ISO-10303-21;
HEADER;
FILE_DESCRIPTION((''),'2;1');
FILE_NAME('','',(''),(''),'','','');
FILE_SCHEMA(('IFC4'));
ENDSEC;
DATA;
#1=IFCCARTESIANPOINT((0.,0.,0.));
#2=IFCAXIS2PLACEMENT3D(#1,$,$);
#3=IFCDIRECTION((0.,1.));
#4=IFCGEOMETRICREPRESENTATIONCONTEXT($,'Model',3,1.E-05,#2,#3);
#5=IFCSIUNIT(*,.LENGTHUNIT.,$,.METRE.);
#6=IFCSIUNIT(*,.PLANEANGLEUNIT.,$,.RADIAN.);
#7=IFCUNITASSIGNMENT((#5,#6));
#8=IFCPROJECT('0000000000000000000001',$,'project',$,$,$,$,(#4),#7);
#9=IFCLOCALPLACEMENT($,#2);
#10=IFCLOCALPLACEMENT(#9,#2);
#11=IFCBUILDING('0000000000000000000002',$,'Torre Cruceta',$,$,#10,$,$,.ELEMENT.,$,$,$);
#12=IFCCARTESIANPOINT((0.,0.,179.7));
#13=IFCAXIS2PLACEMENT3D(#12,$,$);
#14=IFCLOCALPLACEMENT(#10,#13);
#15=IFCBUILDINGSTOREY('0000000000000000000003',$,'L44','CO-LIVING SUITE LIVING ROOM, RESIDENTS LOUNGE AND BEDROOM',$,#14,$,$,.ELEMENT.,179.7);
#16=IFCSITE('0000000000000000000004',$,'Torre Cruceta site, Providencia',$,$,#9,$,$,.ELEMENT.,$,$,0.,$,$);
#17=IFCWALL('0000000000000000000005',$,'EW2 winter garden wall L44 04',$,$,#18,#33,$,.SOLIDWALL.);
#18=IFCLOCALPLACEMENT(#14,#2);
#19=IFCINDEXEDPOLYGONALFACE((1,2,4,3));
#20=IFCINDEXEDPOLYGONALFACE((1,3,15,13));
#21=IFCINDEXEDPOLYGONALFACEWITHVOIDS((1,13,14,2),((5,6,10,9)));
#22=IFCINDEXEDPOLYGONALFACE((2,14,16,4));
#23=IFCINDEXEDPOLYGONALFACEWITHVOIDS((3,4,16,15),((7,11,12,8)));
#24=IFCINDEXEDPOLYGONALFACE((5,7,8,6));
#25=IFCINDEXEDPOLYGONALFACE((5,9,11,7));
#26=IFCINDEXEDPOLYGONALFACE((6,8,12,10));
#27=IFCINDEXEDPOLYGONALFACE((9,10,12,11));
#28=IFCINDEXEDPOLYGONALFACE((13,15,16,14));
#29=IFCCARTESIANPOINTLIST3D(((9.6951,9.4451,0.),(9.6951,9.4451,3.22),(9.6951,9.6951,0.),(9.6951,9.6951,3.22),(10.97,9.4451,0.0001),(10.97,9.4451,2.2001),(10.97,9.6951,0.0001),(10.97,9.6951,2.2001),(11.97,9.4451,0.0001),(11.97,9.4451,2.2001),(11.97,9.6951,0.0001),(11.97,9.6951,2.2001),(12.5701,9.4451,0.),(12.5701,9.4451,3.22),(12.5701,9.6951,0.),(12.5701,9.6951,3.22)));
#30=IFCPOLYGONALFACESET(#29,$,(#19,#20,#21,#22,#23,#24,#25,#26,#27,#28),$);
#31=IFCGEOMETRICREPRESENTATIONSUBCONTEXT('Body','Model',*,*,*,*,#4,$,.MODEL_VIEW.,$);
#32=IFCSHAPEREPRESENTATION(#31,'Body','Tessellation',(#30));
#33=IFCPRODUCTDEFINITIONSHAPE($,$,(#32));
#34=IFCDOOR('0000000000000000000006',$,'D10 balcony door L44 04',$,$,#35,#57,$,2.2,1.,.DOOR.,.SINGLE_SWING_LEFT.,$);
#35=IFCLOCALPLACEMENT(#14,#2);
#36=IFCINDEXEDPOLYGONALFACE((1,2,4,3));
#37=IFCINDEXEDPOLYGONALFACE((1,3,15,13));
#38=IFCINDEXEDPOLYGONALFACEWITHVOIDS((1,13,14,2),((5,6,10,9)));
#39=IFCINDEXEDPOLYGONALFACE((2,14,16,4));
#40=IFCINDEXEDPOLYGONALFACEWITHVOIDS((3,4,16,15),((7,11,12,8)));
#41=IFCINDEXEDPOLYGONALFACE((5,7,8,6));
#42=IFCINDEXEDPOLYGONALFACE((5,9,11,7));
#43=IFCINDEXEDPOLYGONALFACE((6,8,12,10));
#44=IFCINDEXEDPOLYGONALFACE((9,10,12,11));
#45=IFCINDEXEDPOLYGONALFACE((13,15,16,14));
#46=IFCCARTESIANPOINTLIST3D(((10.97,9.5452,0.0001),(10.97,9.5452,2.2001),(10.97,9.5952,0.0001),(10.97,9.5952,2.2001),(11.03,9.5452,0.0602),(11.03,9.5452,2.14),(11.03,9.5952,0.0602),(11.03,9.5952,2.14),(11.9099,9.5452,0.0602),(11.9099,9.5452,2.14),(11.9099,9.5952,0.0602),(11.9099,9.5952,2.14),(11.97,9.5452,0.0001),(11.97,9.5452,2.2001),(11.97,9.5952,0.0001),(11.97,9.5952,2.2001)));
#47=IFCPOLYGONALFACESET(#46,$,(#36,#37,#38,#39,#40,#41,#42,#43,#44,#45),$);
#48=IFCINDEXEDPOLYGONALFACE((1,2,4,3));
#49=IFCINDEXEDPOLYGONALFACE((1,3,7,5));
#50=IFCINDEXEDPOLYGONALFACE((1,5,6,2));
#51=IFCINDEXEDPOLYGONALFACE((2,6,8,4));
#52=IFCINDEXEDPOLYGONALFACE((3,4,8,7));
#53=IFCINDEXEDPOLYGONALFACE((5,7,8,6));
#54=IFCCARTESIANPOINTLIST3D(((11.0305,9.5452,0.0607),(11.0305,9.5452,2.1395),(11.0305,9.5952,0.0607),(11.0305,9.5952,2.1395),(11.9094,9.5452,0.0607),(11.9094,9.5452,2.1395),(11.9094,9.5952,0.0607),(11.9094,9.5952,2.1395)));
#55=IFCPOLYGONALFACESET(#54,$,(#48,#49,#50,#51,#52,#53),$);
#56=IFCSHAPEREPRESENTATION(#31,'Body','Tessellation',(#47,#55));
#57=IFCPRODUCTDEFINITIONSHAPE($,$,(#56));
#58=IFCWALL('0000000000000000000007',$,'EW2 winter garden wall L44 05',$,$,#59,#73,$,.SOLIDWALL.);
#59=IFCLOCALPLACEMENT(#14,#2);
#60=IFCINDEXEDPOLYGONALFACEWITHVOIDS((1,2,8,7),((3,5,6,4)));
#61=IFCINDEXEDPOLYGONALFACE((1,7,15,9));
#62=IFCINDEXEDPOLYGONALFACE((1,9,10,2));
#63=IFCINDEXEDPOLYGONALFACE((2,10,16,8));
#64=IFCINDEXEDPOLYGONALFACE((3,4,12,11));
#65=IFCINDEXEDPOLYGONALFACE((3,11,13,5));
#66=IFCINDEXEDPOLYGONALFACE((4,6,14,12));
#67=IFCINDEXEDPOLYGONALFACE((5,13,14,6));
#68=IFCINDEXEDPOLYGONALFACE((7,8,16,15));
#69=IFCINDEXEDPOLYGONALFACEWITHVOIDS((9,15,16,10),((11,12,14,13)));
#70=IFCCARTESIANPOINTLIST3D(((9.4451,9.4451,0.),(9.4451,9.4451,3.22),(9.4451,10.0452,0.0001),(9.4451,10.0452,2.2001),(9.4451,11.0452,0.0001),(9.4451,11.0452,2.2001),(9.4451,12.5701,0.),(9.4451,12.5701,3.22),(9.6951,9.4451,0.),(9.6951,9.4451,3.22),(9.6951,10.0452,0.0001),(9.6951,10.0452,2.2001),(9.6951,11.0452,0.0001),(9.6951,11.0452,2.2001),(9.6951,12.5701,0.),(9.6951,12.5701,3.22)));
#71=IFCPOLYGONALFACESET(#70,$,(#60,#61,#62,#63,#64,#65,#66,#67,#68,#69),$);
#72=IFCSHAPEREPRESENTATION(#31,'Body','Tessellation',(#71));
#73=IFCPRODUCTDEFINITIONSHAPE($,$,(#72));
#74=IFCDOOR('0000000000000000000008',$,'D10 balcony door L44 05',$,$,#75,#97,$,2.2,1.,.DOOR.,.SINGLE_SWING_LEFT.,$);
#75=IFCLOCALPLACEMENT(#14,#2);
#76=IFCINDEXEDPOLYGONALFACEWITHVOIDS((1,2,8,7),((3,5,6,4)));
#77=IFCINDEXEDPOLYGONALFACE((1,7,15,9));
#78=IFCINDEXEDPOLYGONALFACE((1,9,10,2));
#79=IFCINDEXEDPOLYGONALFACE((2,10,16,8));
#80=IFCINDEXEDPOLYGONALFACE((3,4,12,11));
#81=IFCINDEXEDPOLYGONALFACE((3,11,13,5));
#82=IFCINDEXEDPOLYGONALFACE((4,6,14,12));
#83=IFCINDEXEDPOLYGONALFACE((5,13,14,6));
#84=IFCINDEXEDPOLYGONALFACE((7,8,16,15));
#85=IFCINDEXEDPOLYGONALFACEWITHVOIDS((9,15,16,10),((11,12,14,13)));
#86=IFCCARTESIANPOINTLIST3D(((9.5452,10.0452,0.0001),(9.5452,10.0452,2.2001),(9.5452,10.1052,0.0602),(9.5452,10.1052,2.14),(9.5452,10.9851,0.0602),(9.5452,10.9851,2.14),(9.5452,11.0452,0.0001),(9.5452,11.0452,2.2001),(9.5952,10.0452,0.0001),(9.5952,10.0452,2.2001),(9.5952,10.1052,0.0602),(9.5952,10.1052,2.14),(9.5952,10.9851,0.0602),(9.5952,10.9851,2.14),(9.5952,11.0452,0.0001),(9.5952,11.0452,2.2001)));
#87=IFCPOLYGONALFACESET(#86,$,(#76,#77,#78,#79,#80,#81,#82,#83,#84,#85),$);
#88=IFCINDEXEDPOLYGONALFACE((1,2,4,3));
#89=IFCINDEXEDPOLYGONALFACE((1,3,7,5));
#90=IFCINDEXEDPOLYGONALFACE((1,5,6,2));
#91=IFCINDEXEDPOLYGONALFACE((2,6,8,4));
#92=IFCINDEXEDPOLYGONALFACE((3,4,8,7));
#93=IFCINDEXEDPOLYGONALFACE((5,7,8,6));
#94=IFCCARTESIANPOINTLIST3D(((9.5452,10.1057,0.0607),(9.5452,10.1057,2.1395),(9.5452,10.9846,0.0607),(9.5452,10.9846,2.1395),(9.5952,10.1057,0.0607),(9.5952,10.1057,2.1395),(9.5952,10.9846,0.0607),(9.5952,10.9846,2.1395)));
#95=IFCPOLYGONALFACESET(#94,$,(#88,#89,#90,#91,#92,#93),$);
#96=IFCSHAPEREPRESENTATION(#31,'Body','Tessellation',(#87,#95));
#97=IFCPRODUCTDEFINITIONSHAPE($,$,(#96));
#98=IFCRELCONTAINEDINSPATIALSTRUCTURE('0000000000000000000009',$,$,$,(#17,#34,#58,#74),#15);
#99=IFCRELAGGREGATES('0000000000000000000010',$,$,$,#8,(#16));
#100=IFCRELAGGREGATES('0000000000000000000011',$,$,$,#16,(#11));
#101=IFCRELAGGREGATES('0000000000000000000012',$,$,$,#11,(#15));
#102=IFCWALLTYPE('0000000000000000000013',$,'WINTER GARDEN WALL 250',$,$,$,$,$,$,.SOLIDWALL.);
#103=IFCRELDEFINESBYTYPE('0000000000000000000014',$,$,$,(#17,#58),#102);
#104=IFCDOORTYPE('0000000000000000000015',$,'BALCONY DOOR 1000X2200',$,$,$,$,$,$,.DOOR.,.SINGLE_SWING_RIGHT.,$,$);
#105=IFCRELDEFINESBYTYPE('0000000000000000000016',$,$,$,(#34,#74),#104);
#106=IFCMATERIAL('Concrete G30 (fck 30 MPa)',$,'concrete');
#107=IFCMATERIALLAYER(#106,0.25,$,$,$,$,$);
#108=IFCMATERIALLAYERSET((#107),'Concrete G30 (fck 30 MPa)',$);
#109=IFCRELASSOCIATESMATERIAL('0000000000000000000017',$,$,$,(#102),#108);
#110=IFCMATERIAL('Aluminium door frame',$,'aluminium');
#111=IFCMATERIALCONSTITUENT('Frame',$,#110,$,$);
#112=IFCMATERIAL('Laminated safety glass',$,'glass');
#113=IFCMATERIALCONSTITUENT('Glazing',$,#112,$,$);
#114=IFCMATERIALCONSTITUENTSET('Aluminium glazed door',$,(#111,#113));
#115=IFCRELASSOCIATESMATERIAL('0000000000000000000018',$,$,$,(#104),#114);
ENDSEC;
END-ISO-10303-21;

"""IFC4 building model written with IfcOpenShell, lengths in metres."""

from ifc_helpers import new_model, si_unit, direction, frame, frame_2d, origin, place, context, subcontext, project, spatial, rectangle, hollow_rectangle, extrude, material, layer, layer_set, constituent, constituent_set, type_object, element, fill, save


model = new_model("IFC4")

# Units and contexts
model_context = context("Model", 3, precision=1e-05, world=origin(), true_north=direction((0.0, 1.0)))
body_context = subcontext(model_context, "Body", "Model", "MODEL_VIEW")
ifc_project = project(units=[si_unit("LENGTHUNIT", "METRE"), si_unit("PLANEANGLEUNIT", "RADIAN")], contexts=[model_context])

# Site, building, storey
site_placement = place(None, origin())
site = spatial("IfcSite", under=ifc_project, at=site_placement, Name="Torre Cruceta site, Providencia", CompositionType="ELEMENT", RefElevation=0.0)
building_placement = place(site_placement, origin())
building = spatial("IfcBuilding", under=site, at=building_placement, Name="Torre Cruceta", CompositionType="ELEMENT")
storey_placement = place(building_placement, frame((0.0, 0.0, 179.7)))
storey = spatial("IfcBuildingStorey", under=building, at=storey_placement, Name="L44", Description="CO-LIVING SUITE LIVING ROOM, RESIDENTS LOUNGE AND BEDROOM", CompositionType="ELEMENT", Elevation=179.7)

# Walls, openings, doors
ifc_material_1 = material(Name="Concrete G30 (fck 30 MPa)", Category="concrete")
ifc_layer_1 = layer(ifc_material_1, 0.25)
ifc_layer_set_1 = layer_set([ifc_layer_1], Name="Concrete G30 (fck 30 MPa)")
wall_type_1 = type_object("IfcWallType", Name="WINTER GARDEN WALL 250", PredefinedType="SOLIDWALL", material=ifc_layer_set_1)
wall_1_placement = place(storey_placement, frame((12.5701, 9.5701, 0.0), z_axis=(0.0, 0.0, 1.0), x_axis=(-1.0, 0.0, 0.0)))
wall_1 = element("IfcWall", 1, at=wall_1_placement, inside=storey, type_object=wall_type_1, Name="EW2 winter garden wall L44 04", PredefinedType="SOLIDWALL", context=body_context, shape_type="SweptSolid", body=[
    extrude(rectangle(XDim=2.875, YDim=0.25, at=frame_2d((1.4375, 0.0))), origin(), (0.0, 0.0, 1.0), 3.22),
])
opening_1_placement = place(wall_1_placement, frame((0.6001, 0.0, 0.0)))
opening_1 = element("IfcOpeningElement", 2, at=opening_1_placement, cuts=wall_1, PredefinedType="OPENING", context=body_context, shape_type="SweptSolid", body=[
    extrude(rectangle(XDim=1.0, YDim=2.2, at=frame_2d((0.5, 1.1001))), frame((0.0, 0.135, 0.0), z_axis=(0.0, -1.0, 0.0), x_axis=(1.0, 0.0, 0.0)), (0.0, 0.0, 1.0), 0.27),
])
ifc_material_2 = material(Name="Aluminium door frame", Category="aluminium")
ifc_constituent_1 = constituent(ifc_material_2, Name="Frame")
ifc_material_3 = material(Name="Laminated safety glass", Category="glass")
ifc_constituent_2 = constituent(ifc_material_3, Name="Glazing")
ifc_constituent_set_1 = constituent_set(constituents=[ifc_constituent_1, ifc_constituent_2], Name="Aluminium glazed door")
door_type_1 = type_object("IfcDoorType", Name="BALCONY DOOR 1000X2200", OperationType="SINGLE_SWING_RIGHT", PredefinedType="DOOR", material=ifc_constituent_set_1)
door_1_placement = place(opening_1_placement, origin())
door_1 = element("IfcDoor", 3, at=door_1_placement, inside=storey, type_object=door_type_1, Name="D10 balcony door L44 04", OperationType="SINGLE_SWING_LEFT", OverallHeight=2.2, OverallWidth=1.0, PredefinedType="DOOR", context=body_context, shape_type="SweptSolid", body=[
    extrude(hollow_rectangle(XDim=1.0, YDim=2.2, WallThickness=0.0601, at=frame_2d((0.5, 1.1001))), frame((0.0, 0.0249, 0.0), z_axis=(0.0, -1.0, 0.0), x_axis=(1.0, 0.0, 0.0)), (0.0, 0.0, 1.0), 0.05),
    extrude(rectangle(XDim=0.8789, YDim=2.0789, at=frame_2d((0.5, 1.1001))), frame((0.0, 0.0249, 0.0), z_axis=(0.0, -1.0, 0.0), x_axis=(1.0, 0.0, 0.0)), (0.0, 0.0, 1.0), 0.05),
])
fill(opening_1, door_1)
wall_2_placement = place(storey_placement, frame((9.5701, 9.4451, 0.0), z_axis=(0.0, 0.0, 1.0), x_axis=(0.0, 1.0, 0.0)))
wall_2 = element("IfcWall", 4, at=wall_2_placement, inside=storey, type_object=wall_type_1, Name="EW2 winter garden wall L44 05", PredefinedType="SOLIDWALL", context=body_context, shape_type="SweptSolid", body=[
    extrude(rectangle(XDim=3.125, YDim=0.25, at=frame_2d((1.5625, 0.0))), origin(), (0.0, 0.0, 1.0), 3.22),
])
opening_2_placement = place(wall_2_placement, frame((0.6001, 0.0, 0.0)))
opening_2 = element("IfcOpeningElement", 5, at=opening_2_placement, cuts=wall_2, PredefinedType="OPENING", context=body_context, shape_type="SweptSolid", body=[
    extrude(rectangle(XDim=1.0, YDim=2.2, at=frame_2d((0.5, 1.1001))), frame((0.0, 0.135, 0.0), z_axis=(0.0, -1.0, 0.0), x_axis=(1.0, 0.0, 0.0)), (0.0, 0.0, 1.0), 0.27),
])
door_2_placement = place(opening_2_placement, origin())
door_2 = element("IfcDoor", 6, at=door_2_placement, inside=storey, type_object=door_type_1, Name="D10 balcony door L44 05", OperationType="SINGLE_SWING_LEFT", OverallHeight=2.2, OverallWidth=1.0, PredefinedType="DOOR", context=body_context, shape_type="SweptSolid", body=[
    extrude(hollow_rectangle(XDim=1.0, YDim=2.2, WallThickness=0.0601, at=frame_2d((0.5, 1.1001))), frame((0.0, 0.0249, 0.0), z_axis=(0.0, -1.0, 0.0), x_axis=(1.0, 0.0, 0.0)), (0.0, 0.0, 1.0), 0.05),
    extrude(rectangle(XDim=0.8789, YDim=2.0789, at=frame_2d((0.5, 1.1001))), frame((0.0, 0.0249, 0.0), z_axis=(0.0, -1.0, 0.0), x_axis=(1.0, 0.0, 0.0)), (0.0, 0.0, 1.0), 0.05),
])
fill(opening_2, door_2)

save(model, "model.ifc")
